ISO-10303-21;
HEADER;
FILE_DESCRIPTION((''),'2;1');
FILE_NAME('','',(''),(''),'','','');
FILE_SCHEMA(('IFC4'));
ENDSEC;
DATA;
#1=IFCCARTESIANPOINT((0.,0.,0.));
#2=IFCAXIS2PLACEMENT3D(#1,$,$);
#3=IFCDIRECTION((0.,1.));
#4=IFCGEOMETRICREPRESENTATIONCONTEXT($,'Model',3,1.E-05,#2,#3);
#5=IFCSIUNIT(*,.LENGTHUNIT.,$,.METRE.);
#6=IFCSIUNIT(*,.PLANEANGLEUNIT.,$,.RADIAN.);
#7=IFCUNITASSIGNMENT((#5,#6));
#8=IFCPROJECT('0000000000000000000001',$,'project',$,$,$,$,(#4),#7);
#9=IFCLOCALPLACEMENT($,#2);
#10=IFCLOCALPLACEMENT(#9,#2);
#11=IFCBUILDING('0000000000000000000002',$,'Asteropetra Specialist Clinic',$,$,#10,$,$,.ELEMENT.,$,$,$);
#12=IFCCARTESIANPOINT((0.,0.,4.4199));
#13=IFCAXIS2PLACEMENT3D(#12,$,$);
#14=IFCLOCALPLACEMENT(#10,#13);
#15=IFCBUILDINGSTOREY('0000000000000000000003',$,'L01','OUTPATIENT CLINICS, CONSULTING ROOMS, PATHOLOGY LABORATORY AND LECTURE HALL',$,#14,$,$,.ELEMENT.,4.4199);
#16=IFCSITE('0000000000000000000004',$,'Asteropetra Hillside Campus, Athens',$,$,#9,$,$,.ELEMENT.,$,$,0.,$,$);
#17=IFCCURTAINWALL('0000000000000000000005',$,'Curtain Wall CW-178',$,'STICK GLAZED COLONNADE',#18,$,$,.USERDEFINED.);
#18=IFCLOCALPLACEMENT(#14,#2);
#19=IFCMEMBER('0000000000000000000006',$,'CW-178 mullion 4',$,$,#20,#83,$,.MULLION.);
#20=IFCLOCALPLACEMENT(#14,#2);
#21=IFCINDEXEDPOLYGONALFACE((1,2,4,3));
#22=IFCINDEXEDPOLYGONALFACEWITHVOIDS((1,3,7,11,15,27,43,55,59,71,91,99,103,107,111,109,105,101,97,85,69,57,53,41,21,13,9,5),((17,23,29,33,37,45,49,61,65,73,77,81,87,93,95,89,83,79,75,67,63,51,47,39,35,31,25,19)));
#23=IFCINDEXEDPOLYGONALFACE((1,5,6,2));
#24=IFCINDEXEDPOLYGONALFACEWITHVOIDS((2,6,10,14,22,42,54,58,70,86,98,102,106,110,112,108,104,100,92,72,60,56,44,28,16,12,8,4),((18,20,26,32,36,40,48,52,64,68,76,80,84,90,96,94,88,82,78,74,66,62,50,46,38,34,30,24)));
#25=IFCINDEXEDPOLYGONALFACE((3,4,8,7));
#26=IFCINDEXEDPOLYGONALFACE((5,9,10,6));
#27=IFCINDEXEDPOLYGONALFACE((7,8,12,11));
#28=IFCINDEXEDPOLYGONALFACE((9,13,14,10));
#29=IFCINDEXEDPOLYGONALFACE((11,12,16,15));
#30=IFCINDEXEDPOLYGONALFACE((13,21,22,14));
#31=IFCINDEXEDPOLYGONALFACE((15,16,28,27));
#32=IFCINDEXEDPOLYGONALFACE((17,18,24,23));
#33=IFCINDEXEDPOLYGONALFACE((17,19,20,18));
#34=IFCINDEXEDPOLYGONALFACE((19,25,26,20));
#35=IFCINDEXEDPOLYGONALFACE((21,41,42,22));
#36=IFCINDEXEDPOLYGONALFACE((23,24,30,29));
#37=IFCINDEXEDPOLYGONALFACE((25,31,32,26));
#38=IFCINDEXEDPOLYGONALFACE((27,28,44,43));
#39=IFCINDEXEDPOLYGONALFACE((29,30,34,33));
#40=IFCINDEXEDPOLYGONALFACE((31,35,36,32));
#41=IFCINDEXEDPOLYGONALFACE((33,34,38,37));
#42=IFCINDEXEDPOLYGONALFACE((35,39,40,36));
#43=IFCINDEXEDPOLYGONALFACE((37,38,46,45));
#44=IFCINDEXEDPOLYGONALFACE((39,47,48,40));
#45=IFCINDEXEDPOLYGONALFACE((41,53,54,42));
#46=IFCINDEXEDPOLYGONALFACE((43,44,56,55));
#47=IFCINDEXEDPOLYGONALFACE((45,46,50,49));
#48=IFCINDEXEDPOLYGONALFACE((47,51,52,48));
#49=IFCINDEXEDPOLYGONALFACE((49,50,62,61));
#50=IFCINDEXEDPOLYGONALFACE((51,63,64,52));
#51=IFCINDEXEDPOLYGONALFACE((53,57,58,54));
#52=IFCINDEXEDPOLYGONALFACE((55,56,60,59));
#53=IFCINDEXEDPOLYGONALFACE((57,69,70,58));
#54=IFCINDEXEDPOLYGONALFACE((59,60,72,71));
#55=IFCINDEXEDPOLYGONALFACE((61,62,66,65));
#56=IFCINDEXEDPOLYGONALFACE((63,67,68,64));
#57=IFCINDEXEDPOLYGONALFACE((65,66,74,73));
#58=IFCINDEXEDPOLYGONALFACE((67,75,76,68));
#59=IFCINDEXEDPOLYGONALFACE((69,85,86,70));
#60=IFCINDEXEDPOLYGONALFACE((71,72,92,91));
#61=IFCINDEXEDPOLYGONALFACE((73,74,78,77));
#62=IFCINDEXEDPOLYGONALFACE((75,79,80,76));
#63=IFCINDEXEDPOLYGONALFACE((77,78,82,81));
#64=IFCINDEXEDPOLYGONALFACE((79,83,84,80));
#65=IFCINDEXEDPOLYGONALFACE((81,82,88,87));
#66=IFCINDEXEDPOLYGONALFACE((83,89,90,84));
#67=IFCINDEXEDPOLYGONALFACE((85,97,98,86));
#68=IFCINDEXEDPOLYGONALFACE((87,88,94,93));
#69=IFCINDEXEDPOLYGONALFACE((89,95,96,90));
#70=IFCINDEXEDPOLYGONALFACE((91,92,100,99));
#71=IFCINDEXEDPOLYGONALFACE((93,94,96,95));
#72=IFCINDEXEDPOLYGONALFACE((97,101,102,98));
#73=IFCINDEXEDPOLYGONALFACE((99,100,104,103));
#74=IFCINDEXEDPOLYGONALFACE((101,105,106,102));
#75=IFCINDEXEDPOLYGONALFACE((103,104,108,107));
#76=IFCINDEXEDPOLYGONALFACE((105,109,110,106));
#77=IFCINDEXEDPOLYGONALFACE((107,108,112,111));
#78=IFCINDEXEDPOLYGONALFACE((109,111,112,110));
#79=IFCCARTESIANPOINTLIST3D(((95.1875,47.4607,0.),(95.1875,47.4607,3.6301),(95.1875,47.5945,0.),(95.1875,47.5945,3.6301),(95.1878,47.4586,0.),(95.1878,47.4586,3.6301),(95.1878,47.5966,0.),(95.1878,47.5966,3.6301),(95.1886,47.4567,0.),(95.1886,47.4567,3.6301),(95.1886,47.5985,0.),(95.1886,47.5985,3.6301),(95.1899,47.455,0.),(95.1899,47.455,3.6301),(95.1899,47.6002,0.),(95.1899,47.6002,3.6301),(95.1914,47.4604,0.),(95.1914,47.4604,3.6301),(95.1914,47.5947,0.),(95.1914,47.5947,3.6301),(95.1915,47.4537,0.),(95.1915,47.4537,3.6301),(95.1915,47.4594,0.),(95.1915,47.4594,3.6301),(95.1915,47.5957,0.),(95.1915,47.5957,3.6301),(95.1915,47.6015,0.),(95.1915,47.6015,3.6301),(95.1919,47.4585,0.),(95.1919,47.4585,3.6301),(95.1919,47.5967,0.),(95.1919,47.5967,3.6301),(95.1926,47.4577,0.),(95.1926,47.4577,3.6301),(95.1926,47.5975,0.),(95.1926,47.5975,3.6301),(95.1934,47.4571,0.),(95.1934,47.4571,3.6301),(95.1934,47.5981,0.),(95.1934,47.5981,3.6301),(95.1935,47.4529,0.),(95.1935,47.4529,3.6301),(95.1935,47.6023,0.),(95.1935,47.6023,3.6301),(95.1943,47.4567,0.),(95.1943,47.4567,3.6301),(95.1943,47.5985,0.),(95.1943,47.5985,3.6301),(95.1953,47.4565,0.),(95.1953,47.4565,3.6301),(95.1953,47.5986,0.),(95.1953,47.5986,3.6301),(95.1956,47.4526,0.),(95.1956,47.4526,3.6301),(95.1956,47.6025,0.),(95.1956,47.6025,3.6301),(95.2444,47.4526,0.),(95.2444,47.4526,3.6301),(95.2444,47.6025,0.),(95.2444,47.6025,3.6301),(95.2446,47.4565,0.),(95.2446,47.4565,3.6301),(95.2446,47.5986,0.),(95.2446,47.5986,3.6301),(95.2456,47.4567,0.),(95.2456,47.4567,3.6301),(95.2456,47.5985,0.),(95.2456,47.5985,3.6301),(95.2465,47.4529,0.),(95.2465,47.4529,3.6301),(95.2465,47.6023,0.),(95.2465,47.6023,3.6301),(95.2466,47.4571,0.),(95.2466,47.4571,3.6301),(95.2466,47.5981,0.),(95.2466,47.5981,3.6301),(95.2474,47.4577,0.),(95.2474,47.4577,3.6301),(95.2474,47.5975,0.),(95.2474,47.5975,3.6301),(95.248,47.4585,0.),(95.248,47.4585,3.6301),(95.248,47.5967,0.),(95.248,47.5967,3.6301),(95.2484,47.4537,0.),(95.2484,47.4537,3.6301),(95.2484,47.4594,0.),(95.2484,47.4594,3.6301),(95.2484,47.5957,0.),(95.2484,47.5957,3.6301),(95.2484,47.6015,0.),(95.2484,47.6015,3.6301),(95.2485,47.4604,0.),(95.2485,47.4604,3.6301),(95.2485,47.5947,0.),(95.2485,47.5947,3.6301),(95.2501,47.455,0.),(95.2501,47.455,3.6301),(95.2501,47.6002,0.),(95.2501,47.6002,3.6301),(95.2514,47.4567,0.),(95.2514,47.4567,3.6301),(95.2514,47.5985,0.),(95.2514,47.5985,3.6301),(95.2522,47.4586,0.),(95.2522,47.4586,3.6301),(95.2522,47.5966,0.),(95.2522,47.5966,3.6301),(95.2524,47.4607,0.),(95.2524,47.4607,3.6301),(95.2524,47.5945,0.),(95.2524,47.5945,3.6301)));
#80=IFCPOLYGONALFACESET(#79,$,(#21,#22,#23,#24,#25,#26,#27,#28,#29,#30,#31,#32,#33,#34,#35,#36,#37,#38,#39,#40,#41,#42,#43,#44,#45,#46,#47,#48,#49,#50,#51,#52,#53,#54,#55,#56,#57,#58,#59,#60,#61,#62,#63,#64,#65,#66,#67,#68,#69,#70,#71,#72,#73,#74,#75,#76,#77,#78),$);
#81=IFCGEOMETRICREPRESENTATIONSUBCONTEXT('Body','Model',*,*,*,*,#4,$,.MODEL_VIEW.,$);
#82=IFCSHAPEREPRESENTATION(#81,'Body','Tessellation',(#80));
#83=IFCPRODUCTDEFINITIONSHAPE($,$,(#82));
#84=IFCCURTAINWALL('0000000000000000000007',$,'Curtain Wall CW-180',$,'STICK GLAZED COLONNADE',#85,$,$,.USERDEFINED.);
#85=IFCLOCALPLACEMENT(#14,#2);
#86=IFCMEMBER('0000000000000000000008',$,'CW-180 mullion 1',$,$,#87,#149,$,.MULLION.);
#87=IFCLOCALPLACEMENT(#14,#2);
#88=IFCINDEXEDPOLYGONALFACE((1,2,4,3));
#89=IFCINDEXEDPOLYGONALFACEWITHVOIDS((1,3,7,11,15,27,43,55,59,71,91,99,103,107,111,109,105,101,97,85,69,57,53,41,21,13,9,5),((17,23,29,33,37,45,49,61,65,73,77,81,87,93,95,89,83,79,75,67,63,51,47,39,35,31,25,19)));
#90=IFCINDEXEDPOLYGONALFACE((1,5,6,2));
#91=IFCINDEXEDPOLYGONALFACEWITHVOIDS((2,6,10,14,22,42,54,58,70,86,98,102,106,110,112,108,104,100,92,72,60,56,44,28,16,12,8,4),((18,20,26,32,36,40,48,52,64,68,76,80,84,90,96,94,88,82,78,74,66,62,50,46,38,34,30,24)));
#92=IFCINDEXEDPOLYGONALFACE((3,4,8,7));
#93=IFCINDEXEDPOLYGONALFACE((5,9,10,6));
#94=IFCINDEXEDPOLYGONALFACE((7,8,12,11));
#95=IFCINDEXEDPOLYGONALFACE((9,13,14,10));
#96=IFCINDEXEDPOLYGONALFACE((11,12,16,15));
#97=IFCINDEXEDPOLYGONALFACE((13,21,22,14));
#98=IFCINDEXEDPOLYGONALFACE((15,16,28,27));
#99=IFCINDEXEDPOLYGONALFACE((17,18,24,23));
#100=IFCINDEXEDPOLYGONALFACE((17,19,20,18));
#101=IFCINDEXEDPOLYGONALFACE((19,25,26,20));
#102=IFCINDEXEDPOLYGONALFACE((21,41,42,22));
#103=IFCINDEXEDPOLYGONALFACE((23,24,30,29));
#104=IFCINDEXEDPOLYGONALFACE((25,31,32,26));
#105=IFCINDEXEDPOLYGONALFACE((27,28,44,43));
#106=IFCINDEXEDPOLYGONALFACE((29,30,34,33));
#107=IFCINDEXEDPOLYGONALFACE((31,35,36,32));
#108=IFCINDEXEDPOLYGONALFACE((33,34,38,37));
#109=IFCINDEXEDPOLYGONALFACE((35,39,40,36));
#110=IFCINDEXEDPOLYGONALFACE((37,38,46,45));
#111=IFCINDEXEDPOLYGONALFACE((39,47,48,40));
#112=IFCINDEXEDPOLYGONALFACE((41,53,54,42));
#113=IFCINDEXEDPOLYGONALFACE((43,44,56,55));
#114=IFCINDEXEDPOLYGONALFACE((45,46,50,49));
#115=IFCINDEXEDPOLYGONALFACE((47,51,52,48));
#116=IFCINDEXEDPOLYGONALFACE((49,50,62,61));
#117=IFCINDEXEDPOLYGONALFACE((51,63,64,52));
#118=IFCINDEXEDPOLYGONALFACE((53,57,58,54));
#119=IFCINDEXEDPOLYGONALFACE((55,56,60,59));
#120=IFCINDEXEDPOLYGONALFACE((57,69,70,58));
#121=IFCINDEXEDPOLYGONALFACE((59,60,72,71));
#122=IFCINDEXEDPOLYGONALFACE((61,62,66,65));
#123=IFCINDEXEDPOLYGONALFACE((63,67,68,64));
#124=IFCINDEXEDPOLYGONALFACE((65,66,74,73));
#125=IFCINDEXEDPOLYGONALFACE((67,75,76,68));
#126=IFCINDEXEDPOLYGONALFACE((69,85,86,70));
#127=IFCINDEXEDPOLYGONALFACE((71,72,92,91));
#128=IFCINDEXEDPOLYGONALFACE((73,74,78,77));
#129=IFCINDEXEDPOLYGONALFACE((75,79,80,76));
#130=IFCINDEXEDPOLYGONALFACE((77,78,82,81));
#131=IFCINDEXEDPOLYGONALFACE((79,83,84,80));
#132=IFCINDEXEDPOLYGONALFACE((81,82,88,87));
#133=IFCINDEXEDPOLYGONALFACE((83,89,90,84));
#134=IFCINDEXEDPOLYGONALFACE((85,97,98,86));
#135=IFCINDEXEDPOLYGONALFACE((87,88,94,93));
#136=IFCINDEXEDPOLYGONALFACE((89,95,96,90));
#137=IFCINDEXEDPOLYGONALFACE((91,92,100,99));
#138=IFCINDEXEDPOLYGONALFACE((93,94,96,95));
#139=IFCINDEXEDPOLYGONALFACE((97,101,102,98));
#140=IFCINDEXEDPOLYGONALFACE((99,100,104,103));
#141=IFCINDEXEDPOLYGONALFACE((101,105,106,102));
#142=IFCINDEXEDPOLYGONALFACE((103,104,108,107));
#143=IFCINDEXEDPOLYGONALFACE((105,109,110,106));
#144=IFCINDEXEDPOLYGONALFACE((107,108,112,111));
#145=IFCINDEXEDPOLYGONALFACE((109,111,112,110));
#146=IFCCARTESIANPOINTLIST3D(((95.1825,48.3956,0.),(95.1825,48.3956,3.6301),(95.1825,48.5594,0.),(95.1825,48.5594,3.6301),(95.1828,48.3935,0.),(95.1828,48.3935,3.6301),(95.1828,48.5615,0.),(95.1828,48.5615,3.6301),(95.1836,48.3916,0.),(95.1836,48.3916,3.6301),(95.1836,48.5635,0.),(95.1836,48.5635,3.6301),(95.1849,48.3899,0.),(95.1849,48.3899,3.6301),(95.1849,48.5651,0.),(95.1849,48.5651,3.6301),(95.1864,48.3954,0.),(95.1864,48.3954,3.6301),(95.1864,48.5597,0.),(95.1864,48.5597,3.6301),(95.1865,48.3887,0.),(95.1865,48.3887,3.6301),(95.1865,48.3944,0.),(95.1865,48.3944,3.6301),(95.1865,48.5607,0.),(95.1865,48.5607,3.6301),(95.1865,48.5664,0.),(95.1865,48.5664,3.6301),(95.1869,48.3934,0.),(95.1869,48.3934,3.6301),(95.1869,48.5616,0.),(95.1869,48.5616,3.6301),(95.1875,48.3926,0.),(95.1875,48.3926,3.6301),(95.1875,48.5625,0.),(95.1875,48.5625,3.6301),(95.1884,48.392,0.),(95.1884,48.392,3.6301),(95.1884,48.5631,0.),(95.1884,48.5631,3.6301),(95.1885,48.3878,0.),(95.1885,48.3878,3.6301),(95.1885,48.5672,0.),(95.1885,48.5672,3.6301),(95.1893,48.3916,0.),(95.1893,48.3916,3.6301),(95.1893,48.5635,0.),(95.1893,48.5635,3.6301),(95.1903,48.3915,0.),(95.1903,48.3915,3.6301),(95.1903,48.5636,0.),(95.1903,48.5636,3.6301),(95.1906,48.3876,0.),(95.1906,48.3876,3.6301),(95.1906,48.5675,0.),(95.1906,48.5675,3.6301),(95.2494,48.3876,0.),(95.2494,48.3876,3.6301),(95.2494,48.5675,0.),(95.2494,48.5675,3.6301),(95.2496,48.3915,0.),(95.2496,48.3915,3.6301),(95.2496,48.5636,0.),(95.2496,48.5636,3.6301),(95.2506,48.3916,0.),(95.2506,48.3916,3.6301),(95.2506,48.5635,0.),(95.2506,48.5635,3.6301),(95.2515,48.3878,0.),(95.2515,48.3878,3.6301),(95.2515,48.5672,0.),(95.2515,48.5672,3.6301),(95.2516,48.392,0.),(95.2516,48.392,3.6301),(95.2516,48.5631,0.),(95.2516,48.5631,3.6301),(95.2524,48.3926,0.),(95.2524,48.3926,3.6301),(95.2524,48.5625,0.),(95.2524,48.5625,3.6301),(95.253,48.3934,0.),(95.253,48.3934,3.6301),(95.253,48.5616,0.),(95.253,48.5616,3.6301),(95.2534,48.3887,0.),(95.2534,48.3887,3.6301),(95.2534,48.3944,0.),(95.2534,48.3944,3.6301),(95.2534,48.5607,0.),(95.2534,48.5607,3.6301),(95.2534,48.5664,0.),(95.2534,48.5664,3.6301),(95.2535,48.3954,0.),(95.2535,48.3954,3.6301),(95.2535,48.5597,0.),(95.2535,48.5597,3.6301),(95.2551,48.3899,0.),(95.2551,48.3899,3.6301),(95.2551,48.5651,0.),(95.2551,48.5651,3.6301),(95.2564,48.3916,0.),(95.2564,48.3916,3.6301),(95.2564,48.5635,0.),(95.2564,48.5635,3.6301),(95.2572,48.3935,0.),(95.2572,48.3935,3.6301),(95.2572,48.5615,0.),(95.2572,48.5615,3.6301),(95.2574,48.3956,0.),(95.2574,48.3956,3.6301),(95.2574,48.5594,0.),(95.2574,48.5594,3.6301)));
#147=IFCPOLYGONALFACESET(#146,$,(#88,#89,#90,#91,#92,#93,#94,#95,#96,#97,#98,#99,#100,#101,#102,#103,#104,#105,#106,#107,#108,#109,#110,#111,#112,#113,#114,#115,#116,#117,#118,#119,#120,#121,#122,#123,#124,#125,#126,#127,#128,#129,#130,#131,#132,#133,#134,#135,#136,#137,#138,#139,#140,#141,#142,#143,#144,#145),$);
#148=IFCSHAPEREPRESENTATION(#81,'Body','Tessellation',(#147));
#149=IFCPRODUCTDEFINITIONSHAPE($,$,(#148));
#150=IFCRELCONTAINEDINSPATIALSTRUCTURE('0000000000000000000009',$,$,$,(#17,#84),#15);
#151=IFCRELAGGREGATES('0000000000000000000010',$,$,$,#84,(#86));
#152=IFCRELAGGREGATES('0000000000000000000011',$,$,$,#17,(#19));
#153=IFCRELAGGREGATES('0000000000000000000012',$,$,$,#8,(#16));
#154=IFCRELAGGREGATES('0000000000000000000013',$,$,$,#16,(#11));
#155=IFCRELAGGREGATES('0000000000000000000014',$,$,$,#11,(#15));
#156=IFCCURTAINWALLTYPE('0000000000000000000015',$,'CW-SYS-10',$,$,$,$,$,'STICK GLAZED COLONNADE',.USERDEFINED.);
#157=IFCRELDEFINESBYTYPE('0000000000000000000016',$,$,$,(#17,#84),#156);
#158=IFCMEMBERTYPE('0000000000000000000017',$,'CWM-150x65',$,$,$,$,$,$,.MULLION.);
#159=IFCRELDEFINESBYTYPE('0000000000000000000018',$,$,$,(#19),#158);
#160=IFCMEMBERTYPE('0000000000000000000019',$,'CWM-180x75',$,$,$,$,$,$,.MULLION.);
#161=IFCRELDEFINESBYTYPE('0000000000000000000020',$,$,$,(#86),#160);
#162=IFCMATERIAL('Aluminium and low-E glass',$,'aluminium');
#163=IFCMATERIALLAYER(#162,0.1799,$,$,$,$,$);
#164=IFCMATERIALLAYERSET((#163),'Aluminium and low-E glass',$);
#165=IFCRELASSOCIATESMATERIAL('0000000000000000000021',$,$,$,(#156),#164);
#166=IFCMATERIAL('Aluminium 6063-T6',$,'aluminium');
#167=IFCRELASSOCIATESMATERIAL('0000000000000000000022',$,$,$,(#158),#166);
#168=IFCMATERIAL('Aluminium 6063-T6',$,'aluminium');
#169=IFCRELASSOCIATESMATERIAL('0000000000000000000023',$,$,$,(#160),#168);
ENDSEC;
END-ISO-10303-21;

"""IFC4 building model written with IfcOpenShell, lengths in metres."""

from ifc_helpers import new_model, si_unit, direction, frame, origin, origin_2d, place, context, subcontext, project, spatial, hollow_rectangle, extrude, material, layer, layer_set, material_profile, profile_set, type_object, element, aggregate, save


model = new_model("IFC4")

# Units and contexts
model_context = context("Model", 3, precision=1e-05, world=origin(), true_north=direction((0.0, 1.0)))
body_context = subcontext(model_context, "Body", "Model", "MODEL_VIEW")
ifc_project = project(units=[si_unit("LENGTHUNIT", "METRE"), si_unit("PLANEANGLEUNIT", "RADIAN")], contexts=[model_context])

# Site, building, storey
site_placement = place(None, origin())
site = spatial("IfcSite", under=ifc_project, at=site_placement, Name="Asteropetra Hillside Campus, Athens", CompositionType="ELEMENT", RefElevation=0.0)
building_placement = place(site_placement, origin())
building = spatial("IfcBuilding", under=site, at=building_placement, Name="Asteropetra Specialist Clinic", CompositionType="ELEMENT")
storey_placement = place(building_placement, frame((0.0, 0.0, 4.4199)))
storey = spatial("IfcBuildingStorey", under=building, at=storey_placement, Name="L01", Description="OUTPATIENT CLINICS, CONSULTING ROOMS, PATHOLOGY LABORATORY AND LECTURE HALL", CompositionType="ELEMENT", Elevation=4.4199)

# Curtain wall, member
ifc_material_1 = material(Name="Aluminium and low-E glass", Category="aluminium")
ifc_layer_1 = layer(ifc_material_1, 0.1799)
ifc_layer_set_1 = layer_set([ifc_layer_1], Name="Aluminium and low-E glass")
curtain_wall_type = type_object("IfcCurtainWallType", Name="CW-SYS-10", ElementType="STICK GLAZED COLONNADE", PredefinedType="USERDEFINED", material=ifc_layer_set_1)
curtain_wall_1_placement = place(storey_placement, origin())
curtain_wall_1 = element("IfcCurtainWall", 1, at=curtain_wall_1_placement, inside=storey, type_object=curtain_wall_type, Name="Curtain Wall CW-178", ObjectType="STICK GLAZED COLONNADE", PredefinedType="USERDEFINED")
ifc_material_2 = material(Name="Aluminium 6063-T6", Category="aluminium")
ifc_material_profile_1 = material_profile(ifc_material_2, hollow_rectangle(XDim=0.0649, YDim=0.1499, WallThickness=0.0039, InnerFilletRadius=0.0039, OuterFilletRadius=0.0081, at=origin_2d()), Name="MUL 150x65x4.0")
ifc_profile_set_1 = profile_set([ifc_material_profile_1], Name="Aluminium 6063-T6")
member_type_1 = type_object("IfcMemberType", Name="CWM-150x65", PredefinedType="MULLION", material=ifc_profile_set_1)
member_1_placement = place(storey_placement, frame((95.22, 47.5276, 0.0), z_axis=(0.0, 0.0, 1.0), x_axis=(-1.0, 0.0, 0.0)))
member_1 = element("IfcMember", 2, at=member_1_placement, type_object=member_type_1, Name="CW-178 mullion 4", PredefinedType="MULLION", context=body_context, shape_type="SweptSolid", body=[
    extrude(hollow_rectangle(XDim=0.0649, YDim=0.1499, WallThickness=0.0039, InnerFilletRadius=0.0039, OuterFilletRadius=0.0081, at=origin_2d()), origin(), (0.0, 0.0, 1.0), 3.6301),
])

# Curtain wall, member
curtain_wall_2_placement = place(storey_placement, origin())
curtain_wall_2 = element("IfcCurtainWall", 3, at=curtain_wall_2_placement, inside=storey, type_object=curtain_wall_type, Name="Curtain Wall CW-180", ObjectType="STICK GLAZED COLONNADE", PredefinedType="USERDEFINED")
ifc_material_3 = material(Name="Aluminium 6063-T6", Category="aluminium")
ifc_material_profile_2 = material_profile(ifc_material_3, hollow_rectangle(XDim=0.075, YDim=0.1799, WallThickness=0.0039, InnerFilletRadius=0.0039, OuterFilletRadius=0.0081, at=origin_2d()), Name="MUL 180x75x4.0")
ifc_profile_set_2 = profile_set([ifc_material_profile_2], Name="Aluminium 6063-T6")
member_type_2 = type_object("IfcMemberType", Name="CWM-180x75", PredefinedType="MULLION", material=ifc_profile_set_2)
member_2_placement = place(storey_placement, frame((95.22, 48.4775, 0.0), z_axis=(0.0, 0.0, 1.0), x_axis=(-1.0, 0.0, 0.0)))
member_2 = element("IfcMember", 4, at=member_2_placement, type_object=member_type_2, Name="CW-180 mullion 1", PredefinedType="MULLION", context=body_context, shape_type="SweptSolid", body=[
    extrude(hollow_rectangle(XDim=0.075, YDim=0.1799, WallThickness=0.0039, InnerFilletRadius=0.0039, OuterFilletRadius=0.0081, at=origin_2d()), origin(), (0.0, 0.0, 1.0), 3.6301),
])

aggregate(curtain_wall_2, [member_2])
aggregate(curtain_wall_1, [member_1])

save(model, "model.ifc")
